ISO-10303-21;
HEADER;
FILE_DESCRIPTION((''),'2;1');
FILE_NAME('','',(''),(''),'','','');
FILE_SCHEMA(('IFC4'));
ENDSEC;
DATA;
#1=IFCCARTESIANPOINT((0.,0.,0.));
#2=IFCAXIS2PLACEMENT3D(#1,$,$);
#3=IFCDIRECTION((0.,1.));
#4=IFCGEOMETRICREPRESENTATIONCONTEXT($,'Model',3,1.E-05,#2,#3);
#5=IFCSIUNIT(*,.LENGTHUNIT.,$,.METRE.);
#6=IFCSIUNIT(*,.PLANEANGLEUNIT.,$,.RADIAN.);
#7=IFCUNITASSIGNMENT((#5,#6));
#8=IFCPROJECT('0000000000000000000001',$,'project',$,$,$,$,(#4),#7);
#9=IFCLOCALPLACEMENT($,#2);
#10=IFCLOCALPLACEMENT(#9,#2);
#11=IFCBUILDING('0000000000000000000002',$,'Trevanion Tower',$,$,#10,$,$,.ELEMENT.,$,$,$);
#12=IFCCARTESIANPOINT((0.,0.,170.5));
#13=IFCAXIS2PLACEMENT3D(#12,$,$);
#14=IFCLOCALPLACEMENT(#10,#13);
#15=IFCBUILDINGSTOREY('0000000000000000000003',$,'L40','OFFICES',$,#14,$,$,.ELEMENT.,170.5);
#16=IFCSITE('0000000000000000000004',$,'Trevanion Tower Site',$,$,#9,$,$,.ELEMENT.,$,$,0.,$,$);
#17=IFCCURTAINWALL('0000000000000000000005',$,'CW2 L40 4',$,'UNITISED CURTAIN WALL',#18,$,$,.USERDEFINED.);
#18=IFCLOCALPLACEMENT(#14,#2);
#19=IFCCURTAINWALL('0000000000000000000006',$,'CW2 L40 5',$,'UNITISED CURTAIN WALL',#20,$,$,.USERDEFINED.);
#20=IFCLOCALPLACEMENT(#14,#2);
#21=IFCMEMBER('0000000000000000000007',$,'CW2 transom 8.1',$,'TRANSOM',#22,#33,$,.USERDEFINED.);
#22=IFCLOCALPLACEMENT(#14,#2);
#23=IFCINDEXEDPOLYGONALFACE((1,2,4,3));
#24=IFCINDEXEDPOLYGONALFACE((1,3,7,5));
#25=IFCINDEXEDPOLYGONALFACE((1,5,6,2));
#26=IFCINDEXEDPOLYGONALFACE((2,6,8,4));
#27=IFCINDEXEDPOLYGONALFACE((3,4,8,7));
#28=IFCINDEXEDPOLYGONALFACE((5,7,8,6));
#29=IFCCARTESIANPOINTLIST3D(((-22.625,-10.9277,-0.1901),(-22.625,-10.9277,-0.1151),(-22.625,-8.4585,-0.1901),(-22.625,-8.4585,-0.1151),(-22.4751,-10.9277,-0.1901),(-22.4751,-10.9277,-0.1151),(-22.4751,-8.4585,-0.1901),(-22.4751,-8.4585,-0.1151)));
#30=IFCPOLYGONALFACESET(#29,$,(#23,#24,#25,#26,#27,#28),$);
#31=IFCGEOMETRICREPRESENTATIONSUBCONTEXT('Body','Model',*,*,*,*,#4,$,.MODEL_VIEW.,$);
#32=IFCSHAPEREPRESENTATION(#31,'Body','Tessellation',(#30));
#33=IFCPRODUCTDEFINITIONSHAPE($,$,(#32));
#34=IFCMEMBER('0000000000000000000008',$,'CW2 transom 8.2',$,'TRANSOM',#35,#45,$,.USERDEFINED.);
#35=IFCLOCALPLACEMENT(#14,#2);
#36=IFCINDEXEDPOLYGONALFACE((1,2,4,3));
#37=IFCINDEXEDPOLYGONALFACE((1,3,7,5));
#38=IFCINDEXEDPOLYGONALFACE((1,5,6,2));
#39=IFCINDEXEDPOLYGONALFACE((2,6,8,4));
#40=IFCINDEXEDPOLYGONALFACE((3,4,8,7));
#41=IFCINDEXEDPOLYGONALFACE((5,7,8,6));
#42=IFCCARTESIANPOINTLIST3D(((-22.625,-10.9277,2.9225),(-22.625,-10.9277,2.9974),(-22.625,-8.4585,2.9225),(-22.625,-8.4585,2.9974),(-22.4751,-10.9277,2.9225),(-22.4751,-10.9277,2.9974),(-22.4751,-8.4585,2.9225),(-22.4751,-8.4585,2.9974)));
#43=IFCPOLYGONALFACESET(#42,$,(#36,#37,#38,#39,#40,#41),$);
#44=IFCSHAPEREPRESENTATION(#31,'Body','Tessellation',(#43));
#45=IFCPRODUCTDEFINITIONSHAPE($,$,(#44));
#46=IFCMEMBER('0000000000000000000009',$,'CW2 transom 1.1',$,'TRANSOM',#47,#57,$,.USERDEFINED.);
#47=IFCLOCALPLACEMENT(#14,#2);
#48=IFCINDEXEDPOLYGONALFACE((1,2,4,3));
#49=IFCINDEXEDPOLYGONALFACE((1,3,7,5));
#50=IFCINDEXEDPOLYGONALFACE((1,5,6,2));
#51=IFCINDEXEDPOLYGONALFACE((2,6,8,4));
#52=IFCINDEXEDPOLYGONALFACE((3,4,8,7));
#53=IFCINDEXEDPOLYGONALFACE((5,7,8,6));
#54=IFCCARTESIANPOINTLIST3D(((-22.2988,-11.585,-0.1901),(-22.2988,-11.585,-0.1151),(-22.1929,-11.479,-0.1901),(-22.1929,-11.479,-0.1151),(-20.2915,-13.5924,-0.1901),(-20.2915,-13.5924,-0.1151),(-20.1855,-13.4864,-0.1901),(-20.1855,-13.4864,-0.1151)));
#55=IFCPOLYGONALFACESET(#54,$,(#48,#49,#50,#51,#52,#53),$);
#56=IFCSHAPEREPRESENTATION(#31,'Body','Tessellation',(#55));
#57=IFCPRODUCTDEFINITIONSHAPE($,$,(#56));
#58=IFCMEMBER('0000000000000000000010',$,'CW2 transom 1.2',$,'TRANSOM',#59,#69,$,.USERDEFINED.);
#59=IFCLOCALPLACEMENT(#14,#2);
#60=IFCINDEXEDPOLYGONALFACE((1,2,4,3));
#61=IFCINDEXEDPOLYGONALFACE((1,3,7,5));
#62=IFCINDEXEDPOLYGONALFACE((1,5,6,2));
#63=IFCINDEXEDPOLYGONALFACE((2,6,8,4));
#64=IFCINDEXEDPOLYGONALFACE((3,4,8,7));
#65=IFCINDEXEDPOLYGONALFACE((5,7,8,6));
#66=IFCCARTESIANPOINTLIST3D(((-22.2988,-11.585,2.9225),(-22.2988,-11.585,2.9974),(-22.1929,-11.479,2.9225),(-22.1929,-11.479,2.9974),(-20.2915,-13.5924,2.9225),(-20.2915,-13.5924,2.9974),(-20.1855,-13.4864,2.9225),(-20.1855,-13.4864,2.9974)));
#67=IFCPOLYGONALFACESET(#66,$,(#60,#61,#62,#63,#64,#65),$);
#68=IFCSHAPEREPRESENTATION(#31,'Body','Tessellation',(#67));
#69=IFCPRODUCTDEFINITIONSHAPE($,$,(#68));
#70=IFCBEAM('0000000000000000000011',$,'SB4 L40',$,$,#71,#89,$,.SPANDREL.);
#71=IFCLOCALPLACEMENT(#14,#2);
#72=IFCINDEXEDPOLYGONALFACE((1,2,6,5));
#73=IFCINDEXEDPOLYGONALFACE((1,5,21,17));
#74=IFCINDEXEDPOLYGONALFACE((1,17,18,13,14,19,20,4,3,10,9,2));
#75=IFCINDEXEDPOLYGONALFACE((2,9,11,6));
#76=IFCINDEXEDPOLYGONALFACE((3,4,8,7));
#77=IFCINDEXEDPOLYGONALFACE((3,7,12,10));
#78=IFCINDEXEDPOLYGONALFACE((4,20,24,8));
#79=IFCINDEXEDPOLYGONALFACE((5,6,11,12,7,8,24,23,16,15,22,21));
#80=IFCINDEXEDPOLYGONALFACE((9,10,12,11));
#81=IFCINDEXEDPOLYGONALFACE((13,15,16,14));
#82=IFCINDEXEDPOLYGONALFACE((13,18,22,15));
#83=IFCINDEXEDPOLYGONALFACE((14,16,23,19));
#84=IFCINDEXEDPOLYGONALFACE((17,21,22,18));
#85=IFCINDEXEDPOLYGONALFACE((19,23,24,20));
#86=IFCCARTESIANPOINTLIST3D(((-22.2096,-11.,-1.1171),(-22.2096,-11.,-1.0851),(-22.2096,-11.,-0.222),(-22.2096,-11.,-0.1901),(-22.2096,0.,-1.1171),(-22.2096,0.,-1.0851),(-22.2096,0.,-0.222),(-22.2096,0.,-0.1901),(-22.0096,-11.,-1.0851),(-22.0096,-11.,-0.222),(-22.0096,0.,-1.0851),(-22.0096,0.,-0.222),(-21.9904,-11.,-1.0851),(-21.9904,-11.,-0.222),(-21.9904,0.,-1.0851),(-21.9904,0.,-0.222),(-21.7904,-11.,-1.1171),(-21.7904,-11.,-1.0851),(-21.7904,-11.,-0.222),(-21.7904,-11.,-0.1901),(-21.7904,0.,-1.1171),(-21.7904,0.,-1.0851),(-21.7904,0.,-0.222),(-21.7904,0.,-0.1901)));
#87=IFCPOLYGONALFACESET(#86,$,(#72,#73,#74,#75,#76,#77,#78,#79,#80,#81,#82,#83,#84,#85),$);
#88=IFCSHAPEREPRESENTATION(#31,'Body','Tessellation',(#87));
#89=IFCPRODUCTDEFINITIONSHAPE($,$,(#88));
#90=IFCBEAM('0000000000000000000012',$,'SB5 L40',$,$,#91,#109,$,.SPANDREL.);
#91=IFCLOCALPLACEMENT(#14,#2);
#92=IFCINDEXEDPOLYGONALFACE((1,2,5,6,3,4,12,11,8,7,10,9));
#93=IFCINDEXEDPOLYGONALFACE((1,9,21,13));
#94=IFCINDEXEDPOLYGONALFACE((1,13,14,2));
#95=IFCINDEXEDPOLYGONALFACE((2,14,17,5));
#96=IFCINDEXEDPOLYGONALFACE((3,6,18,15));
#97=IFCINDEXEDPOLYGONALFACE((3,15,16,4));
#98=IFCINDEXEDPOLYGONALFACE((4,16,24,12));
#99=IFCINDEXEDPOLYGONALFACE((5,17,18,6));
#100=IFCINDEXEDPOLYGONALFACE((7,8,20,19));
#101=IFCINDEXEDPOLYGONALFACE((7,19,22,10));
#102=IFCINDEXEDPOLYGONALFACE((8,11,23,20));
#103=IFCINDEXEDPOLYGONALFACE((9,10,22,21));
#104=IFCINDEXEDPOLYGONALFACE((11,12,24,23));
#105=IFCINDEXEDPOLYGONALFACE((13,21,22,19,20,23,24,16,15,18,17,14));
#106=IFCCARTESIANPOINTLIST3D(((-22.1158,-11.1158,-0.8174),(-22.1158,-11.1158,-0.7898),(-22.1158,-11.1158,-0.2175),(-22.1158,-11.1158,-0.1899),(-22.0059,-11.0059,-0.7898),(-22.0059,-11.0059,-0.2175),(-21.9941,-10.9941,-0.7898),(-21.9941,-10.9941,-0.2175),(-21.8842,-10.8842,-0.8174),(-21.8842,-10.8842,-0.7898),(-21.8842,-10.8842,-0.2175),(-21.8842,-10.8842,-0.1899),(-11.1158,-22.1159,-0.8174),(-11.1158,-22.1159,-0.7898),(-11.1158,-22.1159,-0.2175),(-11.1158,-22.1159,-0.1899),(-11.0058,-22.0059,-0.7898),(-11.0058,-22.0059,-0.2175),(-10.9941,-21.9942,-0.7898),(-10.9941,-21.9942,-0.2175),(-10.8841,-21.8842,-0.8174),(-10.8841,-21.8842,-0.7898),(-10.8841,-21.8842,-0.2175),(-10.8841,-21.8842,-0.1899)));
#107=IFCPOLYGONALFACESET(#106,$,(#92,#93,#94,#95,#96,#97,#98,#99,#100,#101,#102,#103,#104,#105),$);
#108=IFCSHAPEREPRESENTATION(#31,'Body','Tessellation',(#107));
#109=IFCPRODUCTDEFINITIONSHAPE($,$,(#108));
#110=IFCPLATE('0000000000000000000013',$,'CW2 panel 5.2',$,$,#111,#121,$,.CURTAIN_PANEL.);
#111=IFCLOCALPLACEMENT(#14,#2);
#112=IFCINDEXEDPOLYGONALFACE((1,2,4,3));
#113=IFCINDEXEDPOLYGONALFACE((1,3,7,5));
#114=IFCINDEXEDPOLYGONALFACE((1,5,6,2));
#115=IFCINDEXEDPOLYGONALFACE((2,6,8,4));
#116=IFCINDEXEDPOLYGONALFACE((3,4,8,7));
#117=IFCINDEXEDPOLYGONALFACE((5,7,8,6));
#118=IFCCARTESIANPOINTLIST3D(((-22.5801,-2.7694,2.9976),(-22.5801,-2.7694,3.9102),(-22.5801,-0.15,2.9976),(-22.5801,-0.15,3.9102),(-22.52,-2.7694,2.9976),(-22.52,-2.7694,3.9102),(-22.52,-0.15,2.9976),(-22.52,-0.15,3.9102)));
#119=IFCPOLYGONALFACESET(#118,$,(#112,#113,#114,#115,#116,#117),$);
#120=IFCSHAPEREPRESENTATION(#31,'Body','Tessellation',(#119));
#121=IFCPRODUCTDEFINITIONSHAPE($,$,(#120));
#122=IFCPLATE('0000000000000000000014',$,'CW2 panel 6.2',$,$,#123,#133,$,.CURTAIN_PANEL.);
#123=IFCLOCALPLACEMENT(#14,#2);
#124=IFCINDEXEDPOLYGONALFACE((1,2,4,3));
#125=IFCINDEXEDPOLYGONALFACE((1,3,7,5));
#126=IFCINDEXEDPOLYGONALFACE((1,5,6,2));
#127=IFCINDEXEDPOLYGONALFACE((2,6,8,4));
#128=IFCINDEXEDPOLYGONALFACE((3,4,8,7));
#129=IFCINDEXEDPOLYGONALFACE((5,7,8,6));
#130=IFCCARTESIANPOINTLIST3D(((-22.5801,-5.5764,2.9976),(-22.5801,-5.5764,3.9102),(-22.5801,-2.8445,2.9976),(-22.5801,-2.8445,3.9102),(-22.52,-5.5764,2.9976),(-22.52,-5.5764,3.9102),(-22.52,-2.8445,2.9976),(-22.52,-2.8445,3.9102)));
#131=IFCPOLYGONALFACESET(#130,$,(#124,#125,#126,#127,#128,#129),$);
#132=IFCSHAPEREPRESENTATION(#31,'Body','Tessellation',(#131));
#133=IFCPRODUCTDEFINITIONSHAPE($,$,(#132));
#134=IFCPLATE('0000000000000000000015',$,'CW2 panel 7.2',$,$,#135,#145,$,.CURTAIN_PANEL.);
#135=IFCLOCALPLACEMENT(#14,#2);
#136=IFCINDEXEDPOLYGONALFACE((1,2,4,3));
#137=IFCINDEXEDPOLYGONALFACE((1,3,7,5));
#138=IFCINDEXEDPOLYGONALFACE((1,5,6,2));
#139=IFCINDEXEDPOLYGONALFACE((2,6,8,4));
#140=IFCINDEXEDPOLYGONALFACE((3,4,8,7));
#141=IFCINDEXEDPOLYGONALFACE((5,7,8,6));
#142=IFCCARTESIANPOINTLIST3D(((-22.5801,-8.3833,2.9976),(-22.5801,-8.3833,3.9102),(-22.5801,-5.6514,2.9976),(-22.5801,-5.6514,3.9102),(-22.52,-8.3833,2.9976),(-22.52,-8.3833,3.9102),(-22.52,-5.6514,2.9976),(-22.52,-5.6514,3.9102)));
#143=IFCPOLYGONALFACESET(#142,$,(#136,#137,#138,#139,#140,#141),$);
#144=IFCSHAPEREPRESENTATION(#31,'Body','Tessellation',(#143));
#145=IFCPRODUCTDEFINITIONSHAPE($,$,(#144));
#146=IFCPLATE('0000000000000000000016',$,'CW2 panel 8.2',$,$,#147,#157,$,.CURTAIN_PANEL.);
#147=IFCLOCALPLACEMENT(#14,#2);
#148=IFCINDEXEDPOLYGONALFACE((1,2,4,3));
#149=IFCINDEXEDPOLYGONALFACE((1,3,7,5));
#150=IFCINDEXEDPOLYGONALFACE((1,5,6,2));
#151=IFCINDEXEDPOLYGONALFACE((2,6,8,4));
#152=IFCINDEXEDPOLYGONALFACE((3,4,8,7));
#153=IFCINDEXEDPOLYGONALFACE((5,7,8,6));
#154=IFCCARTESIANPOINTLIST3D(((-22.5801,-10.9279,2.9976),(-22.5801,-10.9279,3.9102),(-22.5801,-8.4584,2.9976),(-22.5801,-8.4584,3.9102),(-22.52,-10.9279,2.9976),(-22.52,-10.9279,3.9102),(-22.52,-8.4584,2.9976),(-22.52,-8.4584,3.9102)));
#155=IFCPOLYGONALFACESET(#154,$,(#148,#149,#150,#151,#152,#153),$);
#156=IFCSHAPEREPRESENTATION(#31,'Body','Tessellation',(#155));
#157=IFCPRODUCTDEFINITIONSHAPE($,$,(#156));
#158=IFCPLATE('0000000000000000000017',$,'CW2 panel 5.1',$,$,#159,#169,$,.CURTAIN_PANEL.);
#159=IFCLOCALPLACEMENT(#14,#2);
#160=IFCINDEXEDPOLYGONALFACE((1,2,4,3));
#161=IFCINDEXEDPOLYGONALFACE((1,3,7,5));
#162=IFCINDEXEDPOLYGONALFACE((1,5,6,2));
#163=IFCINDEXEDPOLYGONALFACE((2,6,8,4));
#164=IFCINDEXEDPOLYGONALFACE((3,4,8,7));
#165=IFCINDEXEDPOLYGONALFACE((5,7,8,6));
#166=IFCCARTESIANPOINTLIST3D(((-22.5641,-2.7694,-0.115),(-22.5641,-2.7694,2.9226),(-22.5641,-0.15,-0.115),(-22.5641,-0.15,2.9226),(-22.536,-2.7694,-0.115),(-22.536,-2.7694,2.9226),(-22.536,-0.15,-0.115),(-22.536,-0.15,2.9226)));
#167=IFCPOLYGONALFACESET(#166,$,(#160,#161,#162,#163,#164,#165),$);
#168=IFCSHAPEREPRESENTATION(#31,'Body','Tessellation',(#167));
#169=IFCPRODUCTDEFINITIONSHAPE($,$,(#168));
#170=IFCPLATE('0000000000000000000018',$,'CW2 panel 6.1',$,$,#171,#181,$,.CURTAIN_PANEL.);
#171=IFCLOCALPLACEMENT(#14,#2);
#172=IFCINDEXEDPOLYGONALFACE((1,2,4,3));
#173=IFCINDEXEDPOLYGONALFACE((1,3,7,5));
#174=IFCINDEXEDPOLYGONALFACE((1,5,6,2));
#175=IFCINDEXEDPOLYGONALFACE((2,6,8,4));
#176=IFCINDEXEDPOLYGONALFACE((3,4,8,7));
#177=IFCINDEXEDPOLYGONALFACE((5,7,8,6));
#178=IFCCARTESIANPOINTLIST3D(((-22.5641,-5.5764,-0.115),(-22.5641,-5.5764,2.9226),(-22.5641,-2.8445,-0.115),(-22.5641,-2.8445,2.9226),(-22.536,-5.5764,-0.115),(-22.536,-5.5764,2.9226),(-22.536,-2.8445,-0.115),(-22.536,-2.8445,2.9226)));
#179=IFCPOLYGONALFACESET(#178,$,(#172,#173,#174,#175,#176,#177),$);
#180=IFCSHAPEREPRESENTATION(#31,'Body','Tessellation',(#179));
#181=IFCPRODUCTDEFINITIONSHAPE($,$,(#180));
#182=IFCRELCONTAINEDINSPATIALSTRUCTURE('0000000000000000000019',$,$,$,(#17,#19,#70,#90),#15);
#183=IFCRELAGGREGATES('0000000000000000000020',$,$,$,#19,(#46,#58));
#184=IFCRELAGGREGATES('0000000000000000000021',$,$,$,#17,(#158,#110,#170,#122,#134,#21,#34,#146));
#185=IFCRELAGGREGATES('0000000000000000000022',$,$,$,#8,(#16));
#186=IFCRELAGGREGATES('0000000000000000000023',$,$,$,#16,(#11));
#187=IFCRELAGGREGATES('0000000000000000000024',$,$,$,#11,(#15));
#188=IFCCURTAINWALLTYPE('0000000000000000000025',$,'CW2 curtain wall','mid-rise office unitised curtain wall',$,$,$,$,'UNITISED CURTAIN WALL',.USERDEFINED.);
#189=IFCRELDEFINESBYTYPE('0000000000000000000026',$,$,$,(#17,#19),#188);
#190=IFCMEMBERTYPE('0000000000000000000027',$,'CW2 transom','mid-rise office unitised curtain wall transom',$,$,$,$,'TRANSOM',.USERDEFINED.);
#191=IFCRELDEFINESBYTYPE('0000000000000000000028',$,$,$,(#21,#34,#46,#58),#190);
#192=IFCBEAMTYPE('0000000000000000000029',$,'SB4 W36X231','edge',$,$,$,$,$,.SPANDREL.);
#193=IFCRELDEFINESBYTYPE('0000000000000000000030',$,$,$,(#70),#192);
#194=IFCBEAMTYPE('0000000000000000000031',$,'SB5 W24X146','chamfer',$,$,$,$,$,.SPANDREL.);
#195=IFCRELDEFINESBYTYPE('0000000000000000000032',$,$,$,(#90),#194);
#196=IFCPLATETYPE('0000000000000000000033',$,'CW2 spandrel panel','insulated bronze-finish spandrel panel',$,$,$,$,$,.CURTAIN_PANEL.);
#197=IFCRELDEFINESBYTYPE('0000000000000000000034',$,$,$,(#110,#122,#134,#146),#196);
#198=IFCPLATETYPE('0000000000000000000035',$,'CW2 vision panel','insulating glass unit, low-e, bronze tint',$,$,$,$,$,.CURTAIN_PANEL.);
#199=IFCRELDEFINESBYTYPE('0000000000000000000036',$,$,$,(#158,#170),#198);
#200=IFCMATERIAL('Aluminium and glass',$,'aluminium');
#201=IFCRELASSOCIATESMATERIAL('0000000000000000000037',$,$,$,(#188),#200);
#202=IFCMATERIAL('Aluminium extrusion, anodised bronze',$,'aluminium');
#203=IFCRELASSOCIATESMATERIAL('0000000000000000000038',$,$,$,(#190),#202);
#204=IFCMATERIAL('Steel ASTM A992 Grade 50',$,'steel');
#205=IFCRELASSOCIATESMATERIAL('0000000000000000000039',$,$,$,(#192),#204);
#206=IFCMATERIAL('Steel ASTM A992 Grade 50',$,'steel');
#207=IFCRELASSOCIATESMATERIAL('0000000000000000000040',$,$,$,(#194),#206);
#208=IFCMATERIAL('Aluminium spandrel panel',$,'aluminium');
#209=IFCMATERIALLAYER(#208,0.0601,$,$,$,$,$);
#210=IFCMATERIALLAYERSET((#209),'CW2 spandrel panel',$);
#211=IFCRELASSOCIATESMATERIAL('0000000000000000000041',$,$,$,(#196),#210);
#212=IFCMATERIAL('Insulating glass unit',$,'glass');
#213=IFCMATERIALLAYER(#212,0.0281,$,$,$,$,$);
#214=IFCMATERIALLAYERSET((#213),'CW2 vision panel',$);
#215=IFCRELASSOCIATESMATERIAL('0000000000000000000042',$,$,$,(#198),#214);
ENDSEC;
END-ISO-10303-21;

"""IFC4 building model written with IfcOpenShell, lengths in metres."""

from ifc_helpers import new_model, si_unit, direction, frame, origin, origin_2d, place, context, subcontext, project, spatial, rectangle, i_section, extrude, material, layer, layer_set, material_profile, profile_set, type_object, element, aggregate, save


model = new_model("IFC4")

# Units and contexts
model_context = context("Model", 3, precision=1e-05, world=origin(), true_north=direction((0.0, 1.0)))
body_context = subcontext(model_context, "Body", "Model", "MODEL_VIEW")
ifc_project = project(units=[si_unit("LENGTHUNIT", "METRE"), si_unit("PLANEANGLEUNIT", "RADIAN")], contexts=[model_context])

# Site, building, storey
site_placement = place(None, origin())
site = spatial("IfcSite", under=ifc_project, at=site_placement, Name="Trevanion Tower Site", CompositionType="ELEMENT", RefElevation=0.0)
building_placement = place(site_placement, origin())
building = spatial("IfcBuilding", under=site, at=building_placement, Name="Trevanion Tower", CompositionType="ELEMENT")
storey_placement = place(building_placement, frame((0.0, 0.0, 170.5)))
storey = spatial("IfcBuildingStorey", under=building, at=storey_placement, Name="L40", Description="OFFICES", CompositionType="ELEMENT", Elevation=170.5)

# Curtain wall
ifc_material_1 = material(Name="Aluminium and glass", Category="aluminium")
curtain_wall_type = type_object("IfcCurtainWallType", Name="CW2 curtain wall", Description="mid-rise office unitised curtain wall", ElementType="UNITISED CURTAIN WALL", PredefinedType="USERDEFINED", material=ifc_material_1)
curtain_wall_1_placement = place(storey_placement, origin())
curtain_wall_1 = element("IfcCurtainWall", 1, at=curtain_wall_1_placement, inside=storey, type_object=curtain_wall_type, Name="CW2 L40 4", ObjectType="UNITISED CURTAIN WALL", PredefinedType="USERDEFINED")

# Curtain wall
curtain_wall_2_placement = place(storey_placement, origin())
curtain_wall_2 = element("IfcCurtainWall", 2, at=curtain_wall_2_placement, inside=storey, type_object=curtain_wall_type, Name="CW2 L40 5", ObjectType="UNITISED CURTAIN WALL", PredefinedType="USERDEFINED")

# Members
ifc_material_2 = material(Name="Aluminium extrusion, anodised bronze", Category="aluminium")
ifc_material_profile_1 = material_profile(ifc_material_2, rectangle(XDim=0.1499, YDim=0.075, at=origin_2d()), Name="CW2 transom")
ifc_profile_set_1 = profile_set([ifc_material_profile_1], Name="Aluminium extrusion, anodised bronze")
member_type_1 = type_object("IfcMemberType", Name="CW2 transom", Description="mid-rise office unitised curtain wall transom", ElementType="TRANSOM", PredefinedType="USERDEFINED", material=ifc_profile_set_1)
member_1_placement = place(storey_placement, frame((-22.55, -8.4585, -0.1526), z_axis=(0.0, -1.0, 0.0), x_axis=(1.0, 0.0, 0.0)))
member_1 = element("IfcMember", 3, at=member_1_placement, type_object=member_type_1, Name="CW2 transom 8.1", ObjectType="TRANSOM", PredefinedType="USERDEFINED", context=body_context, shape_type="SweptSolid", body=[
    extrude(rectangle(XDim=0.1499, YDim=0.075, at=origin_2d()), origin(), (0.0, 0.0, 1.0), 2.4692),
])
member_2_placement = place(storey_placement, frame((-22.55, -8.4585, 2.96), z_axis=(0.0, -1.0, 0.0), x_axis=(1.0, 0.0, 0.0)))
member_2 = element("IfcMember", 4, at=member_2_placement, type_object=member_type_1, Name="CW2 transom 8.2", ObjectType="TRANSOM", PredefinedType="USERDEFINED", context=body_context, shape_type="SweptSolid", body=[
    extrude(rectangle(XDim=0.1499, YDim=0.075, at=origin_2d()), origin(), (0.0, 0.0, 1.0), 2.4692),
])
member_3_placement = place(storey_placement, frame((-22.2458, -11.532, -0.1526), z_axis=(0.707107, -0.707107, 0.0), x_axis=(0.707107, 0.707107, 0.0)))
member_3 = element("IfcMember", 5, at=member_3_placement, type_object=member_type_1, Name="CW2 transom 1.1", ObjectType="TRANSOM", PredefinedType="USERDEFINED", context=body_context, shape_type="SweptSolid", body=[
    extrude(rectangle(XDim=0.1499, YDim=0.075, at=origin_2d()), origin(), (0.0, 0.0, 1.0), 2.8389),
])
member_4_placement = place(storey_placement, frame((-22.2458, -11.532, 2.96), z_axis=(0.707107, -0.707107, 0.0), x_axis=(0.707107, 0.707107, 0.0)))
member_4 = element("IfcMember", 6, at=member_4_placement, type_object=member_type_1, Name="CW2 transom 1.2", ObjectType="TRANSOM", PredefinedType="USERDEFINED", context=body_context, shape_type="SweptSolid", body=[
    extrude(rectangle(XDim=0.1499, YDim=0.075, at=origin_2d()), origin(), (0.0, 0.0, 1.0), 2.8389),
])
aggregate(curtain_wall_2, [member_3, member_4])

# Beams
ifc_material_3 = material(Name="Steel ASTM A992 Grade 50", Category="steel")
ifc_material_profile_2 = material_profile(ifc_material_3, i_section(OverallWidth=0.4192, OverallDepth=0.927, WebThickness=0.0193, FlangeThickness=0.032, at=origin_2d()), Name="W36X231")
ifc_profile_set_2 = profile_set([ifc_material_profile_2], Name="Steel ASTM A992 Grade 50")
beam_type_1 = type_object("IfcBeamType", Name="SB4 W36X231", Description="edge", PredefinedType="SPANDREL", material=ifc_profile_set_2)
beam_1_placement = place(storey_placement, frame((-22.0, 0.0, -0.6536), z_axis=(0.0, -1.0, 0.0), x_axis=(1.0, 0.0, 0.0)))
element("IfcBeam", 7, at=beam_1_placement, inside=storey, type_object=beam_type_1, Name="SB4 L40", PredefinedType="SPANDREL", context=body_context, shape_type="SweptSolid", body=[
    extrude(i_section(OverallWidth=0.4192, OverallDepth=0.927, WebThickness=0.0193, FlangeThickness=0.032, at=origin_2d()), origin(), (0.0, 0.0, 1.0), 11.0),
])
ifc_material_4 = material(Name="Steel ASTM A992 Grade 50", Category="steel")
ifc_material_profile_3 = material_profile(ifc_material_4, i_section(OverallWidth=0.3276, OverallDepth=0.6274, WebThickness=0.0166, FlangeThickness=0.0276, at=origin_2d()), Name="W24X146")
ifc_profile_set_3 = profile_set([ifc_material_profile_3], Name="Steel ASTM A992 Grade 50")
beam_type_2 = type_object("IfcBeamType", Name="SB5 W24X146", Description="chamfer", PredefinedType="SPANDREL", material=ifc_profile_set_3)
beam_2_placement = place(storey_placement, frame((-22.0, -11.0, -0.5037), z_axis=(0.707107, -0.707107, 0.0), x_axis=(0.707107, 0.707107, 0.0)))
element("IfcBeam", 8, at=beam_2_placement, inside=storey, type_object=beam_type_2, Name="SB5 L40", PredefinedType="SPANDREL", context=body_context, shape_type="SweptSolid", body=[
    extrude(i_section(OverallWidth=0.3276, OverallDepth=0.6274, WebThickness=0.0166, FlangeThickness=0.0276, at=origin_2d()), origin(), (0.0, 0.0, 1.0), 15.5564),
])

# Plates
ifc_material_5 = material(Name="Aluminium spandrel panel", Category="aluminium")
ifc_layer_1 = layer(ifc_material_5, 0.0601)
ifc_layer_set_1 = layer_set([ifc_layer_1], Name="CW2 spandrel panel")
plate_type_1 = type_object("IfcPlateType", Name="CW2 spandrel panel", Description="insulated bronze-finish spandrel panel", PredefinedType="CURTAIN_PANEL", material=ifc_layer_set_1)
plate_1_placement = place(storey_placement, frame((-22.55, -1.4597, 2.9976), z_axis=(0.0, 0.0, 1.0), x_axis=(0.0, -1.0, 0.0)))
plate_1 = element("IfcPlate", 9, at=plate_1_placement, type_object=plate_type_1, Name="CW2 panel 5.2", PredefinedType="CURTAIN_PANEL", context=body_context, shape_type="SweptSolid", body=[
    extrude(rectangle(XDim=2.6194, YDim=0.0601, at=origin_2d()), origin(), (0.0, 0.0, 1.0), 0.9126),
])
plate_2_placement = place(storey_placement, frame((-22.55, -4.2104, 2.9976), z_axis=(0.0, 0.0, 1.0), x_axis=(0.0, -1.0, 0.0)))
plate_2 = element("IfcPlate", 10, at=plate_2_placement, type_object=plate_type_1, Name="CW2 panel 6.2", PredefinedType="CURTAIN_PANEL", context=body_context, shape_type="SweptSolid", body=[
    extrude(rectangle(XDim=2.7319, YDim=0.0601, at=origin_2d()), origin(), (0.0, 0.0, 1.0), 0.9126),
])
plate_3_placement = place(storey_placement, frame((-22.55, -7.0173, 2.9976), z_axis=(0.0, 0.0, 1.0), x_axis=(0.0, -1.0, 0.0)))
plate_3 = element("IfcPlate", 11, at=plate_3_placement, type_object=plate_type_1, Name="CW2 panel 7.2", PredefinedType="CURTAIN_PANEL", context=body_context, shape_type="SweptSolid", body=[
    extrude(rectangle(XDim=2.7319, YDim=0.0601, at=origin_2d()), origin(), (0.0, 0.0, 1.0), 0.9126),
])
plate_4_placement = place(storey_placement, frame((-22.55, -9.6931, 2.9976), z_axis=(0.0, 0.0, 1.0), x_axis=(0.0, -1.0, 0.0)))
plate_4 = element("IfcPlate", 12, at=plate_4_placement, type_object=plate_type_1, Name="CW2 panel 8.2", PredefinedType="CURTAIN_PANEL", context=body_context, shape_type="SweptSolid", body=[
    extrude(rectangle(XDim=2.4695, YDim=0.0601, at=origin_2d()), origin(), (0.0, 0.0, 1.0), 0.9126),
])
ifc_material_6 = material(Name="Insulating glass unit", Category="glass")
ifc_layer_2 = layer(ifc_material_6, 0.0281)
ifc_layer_set_2 = layer_set([ifc_layer_2], Name="CW2 vision panel")
plate_type_2 = type_object("IfcPlateType", Name="CW2 vision panel", Description="insulating glass unit, low-e, bronze tint", PredefinedType="CURTAIN_PANEL", material=ifc_layer_set_2)
plate_5_placement = place(storey_placement, frame((-22.55, -1.4597, -0.115), z_axis=(0.0, 0.0, 1.0), x_axis=(0.0, -1.0, 0.0)))
plate_5 = element("IfcPlate", 13, at=plate_5_placement, type_object=plate_type_2, Name="CW2 panel 5.1", PredefinedType="CURTAIN_PANEL", context=body_context, shape_type="SweptSolid", body=[
    extrude(rectangle(XDim=2.6194, YDim=0.0281, at=origin_2d()), origin(), (0.0, 0.0, 1.0), 3.0376),
])
plate_6_placement = place(storey_placement, frame((-22.55, -4.2104, -0.115), z_axis=(0.0, 0.0, 1.0), x_axis=(0.0, -1.0, 0.0)))
plate_6 = element("IfcPlate", 14, at=plate_6_placement, type_object=plate_type_2, Name="CW2 panel 6.1", PredefinedType="CURTAIN_PANEL", context=body_context, shape_type="SweptSolid", body=[
    extrude(rectangle(XDim=2.7319, YDim=0.0281, at=origin_2d()), origin(), (0.0, 0.0, 1.0), 3.0376),
])
aggregate(curtain_wall_1, [plate_5, plate_1, plate_6, plate_2, plate_3, member_1, member_2, plate_4])

save(model, "model.ifc")
